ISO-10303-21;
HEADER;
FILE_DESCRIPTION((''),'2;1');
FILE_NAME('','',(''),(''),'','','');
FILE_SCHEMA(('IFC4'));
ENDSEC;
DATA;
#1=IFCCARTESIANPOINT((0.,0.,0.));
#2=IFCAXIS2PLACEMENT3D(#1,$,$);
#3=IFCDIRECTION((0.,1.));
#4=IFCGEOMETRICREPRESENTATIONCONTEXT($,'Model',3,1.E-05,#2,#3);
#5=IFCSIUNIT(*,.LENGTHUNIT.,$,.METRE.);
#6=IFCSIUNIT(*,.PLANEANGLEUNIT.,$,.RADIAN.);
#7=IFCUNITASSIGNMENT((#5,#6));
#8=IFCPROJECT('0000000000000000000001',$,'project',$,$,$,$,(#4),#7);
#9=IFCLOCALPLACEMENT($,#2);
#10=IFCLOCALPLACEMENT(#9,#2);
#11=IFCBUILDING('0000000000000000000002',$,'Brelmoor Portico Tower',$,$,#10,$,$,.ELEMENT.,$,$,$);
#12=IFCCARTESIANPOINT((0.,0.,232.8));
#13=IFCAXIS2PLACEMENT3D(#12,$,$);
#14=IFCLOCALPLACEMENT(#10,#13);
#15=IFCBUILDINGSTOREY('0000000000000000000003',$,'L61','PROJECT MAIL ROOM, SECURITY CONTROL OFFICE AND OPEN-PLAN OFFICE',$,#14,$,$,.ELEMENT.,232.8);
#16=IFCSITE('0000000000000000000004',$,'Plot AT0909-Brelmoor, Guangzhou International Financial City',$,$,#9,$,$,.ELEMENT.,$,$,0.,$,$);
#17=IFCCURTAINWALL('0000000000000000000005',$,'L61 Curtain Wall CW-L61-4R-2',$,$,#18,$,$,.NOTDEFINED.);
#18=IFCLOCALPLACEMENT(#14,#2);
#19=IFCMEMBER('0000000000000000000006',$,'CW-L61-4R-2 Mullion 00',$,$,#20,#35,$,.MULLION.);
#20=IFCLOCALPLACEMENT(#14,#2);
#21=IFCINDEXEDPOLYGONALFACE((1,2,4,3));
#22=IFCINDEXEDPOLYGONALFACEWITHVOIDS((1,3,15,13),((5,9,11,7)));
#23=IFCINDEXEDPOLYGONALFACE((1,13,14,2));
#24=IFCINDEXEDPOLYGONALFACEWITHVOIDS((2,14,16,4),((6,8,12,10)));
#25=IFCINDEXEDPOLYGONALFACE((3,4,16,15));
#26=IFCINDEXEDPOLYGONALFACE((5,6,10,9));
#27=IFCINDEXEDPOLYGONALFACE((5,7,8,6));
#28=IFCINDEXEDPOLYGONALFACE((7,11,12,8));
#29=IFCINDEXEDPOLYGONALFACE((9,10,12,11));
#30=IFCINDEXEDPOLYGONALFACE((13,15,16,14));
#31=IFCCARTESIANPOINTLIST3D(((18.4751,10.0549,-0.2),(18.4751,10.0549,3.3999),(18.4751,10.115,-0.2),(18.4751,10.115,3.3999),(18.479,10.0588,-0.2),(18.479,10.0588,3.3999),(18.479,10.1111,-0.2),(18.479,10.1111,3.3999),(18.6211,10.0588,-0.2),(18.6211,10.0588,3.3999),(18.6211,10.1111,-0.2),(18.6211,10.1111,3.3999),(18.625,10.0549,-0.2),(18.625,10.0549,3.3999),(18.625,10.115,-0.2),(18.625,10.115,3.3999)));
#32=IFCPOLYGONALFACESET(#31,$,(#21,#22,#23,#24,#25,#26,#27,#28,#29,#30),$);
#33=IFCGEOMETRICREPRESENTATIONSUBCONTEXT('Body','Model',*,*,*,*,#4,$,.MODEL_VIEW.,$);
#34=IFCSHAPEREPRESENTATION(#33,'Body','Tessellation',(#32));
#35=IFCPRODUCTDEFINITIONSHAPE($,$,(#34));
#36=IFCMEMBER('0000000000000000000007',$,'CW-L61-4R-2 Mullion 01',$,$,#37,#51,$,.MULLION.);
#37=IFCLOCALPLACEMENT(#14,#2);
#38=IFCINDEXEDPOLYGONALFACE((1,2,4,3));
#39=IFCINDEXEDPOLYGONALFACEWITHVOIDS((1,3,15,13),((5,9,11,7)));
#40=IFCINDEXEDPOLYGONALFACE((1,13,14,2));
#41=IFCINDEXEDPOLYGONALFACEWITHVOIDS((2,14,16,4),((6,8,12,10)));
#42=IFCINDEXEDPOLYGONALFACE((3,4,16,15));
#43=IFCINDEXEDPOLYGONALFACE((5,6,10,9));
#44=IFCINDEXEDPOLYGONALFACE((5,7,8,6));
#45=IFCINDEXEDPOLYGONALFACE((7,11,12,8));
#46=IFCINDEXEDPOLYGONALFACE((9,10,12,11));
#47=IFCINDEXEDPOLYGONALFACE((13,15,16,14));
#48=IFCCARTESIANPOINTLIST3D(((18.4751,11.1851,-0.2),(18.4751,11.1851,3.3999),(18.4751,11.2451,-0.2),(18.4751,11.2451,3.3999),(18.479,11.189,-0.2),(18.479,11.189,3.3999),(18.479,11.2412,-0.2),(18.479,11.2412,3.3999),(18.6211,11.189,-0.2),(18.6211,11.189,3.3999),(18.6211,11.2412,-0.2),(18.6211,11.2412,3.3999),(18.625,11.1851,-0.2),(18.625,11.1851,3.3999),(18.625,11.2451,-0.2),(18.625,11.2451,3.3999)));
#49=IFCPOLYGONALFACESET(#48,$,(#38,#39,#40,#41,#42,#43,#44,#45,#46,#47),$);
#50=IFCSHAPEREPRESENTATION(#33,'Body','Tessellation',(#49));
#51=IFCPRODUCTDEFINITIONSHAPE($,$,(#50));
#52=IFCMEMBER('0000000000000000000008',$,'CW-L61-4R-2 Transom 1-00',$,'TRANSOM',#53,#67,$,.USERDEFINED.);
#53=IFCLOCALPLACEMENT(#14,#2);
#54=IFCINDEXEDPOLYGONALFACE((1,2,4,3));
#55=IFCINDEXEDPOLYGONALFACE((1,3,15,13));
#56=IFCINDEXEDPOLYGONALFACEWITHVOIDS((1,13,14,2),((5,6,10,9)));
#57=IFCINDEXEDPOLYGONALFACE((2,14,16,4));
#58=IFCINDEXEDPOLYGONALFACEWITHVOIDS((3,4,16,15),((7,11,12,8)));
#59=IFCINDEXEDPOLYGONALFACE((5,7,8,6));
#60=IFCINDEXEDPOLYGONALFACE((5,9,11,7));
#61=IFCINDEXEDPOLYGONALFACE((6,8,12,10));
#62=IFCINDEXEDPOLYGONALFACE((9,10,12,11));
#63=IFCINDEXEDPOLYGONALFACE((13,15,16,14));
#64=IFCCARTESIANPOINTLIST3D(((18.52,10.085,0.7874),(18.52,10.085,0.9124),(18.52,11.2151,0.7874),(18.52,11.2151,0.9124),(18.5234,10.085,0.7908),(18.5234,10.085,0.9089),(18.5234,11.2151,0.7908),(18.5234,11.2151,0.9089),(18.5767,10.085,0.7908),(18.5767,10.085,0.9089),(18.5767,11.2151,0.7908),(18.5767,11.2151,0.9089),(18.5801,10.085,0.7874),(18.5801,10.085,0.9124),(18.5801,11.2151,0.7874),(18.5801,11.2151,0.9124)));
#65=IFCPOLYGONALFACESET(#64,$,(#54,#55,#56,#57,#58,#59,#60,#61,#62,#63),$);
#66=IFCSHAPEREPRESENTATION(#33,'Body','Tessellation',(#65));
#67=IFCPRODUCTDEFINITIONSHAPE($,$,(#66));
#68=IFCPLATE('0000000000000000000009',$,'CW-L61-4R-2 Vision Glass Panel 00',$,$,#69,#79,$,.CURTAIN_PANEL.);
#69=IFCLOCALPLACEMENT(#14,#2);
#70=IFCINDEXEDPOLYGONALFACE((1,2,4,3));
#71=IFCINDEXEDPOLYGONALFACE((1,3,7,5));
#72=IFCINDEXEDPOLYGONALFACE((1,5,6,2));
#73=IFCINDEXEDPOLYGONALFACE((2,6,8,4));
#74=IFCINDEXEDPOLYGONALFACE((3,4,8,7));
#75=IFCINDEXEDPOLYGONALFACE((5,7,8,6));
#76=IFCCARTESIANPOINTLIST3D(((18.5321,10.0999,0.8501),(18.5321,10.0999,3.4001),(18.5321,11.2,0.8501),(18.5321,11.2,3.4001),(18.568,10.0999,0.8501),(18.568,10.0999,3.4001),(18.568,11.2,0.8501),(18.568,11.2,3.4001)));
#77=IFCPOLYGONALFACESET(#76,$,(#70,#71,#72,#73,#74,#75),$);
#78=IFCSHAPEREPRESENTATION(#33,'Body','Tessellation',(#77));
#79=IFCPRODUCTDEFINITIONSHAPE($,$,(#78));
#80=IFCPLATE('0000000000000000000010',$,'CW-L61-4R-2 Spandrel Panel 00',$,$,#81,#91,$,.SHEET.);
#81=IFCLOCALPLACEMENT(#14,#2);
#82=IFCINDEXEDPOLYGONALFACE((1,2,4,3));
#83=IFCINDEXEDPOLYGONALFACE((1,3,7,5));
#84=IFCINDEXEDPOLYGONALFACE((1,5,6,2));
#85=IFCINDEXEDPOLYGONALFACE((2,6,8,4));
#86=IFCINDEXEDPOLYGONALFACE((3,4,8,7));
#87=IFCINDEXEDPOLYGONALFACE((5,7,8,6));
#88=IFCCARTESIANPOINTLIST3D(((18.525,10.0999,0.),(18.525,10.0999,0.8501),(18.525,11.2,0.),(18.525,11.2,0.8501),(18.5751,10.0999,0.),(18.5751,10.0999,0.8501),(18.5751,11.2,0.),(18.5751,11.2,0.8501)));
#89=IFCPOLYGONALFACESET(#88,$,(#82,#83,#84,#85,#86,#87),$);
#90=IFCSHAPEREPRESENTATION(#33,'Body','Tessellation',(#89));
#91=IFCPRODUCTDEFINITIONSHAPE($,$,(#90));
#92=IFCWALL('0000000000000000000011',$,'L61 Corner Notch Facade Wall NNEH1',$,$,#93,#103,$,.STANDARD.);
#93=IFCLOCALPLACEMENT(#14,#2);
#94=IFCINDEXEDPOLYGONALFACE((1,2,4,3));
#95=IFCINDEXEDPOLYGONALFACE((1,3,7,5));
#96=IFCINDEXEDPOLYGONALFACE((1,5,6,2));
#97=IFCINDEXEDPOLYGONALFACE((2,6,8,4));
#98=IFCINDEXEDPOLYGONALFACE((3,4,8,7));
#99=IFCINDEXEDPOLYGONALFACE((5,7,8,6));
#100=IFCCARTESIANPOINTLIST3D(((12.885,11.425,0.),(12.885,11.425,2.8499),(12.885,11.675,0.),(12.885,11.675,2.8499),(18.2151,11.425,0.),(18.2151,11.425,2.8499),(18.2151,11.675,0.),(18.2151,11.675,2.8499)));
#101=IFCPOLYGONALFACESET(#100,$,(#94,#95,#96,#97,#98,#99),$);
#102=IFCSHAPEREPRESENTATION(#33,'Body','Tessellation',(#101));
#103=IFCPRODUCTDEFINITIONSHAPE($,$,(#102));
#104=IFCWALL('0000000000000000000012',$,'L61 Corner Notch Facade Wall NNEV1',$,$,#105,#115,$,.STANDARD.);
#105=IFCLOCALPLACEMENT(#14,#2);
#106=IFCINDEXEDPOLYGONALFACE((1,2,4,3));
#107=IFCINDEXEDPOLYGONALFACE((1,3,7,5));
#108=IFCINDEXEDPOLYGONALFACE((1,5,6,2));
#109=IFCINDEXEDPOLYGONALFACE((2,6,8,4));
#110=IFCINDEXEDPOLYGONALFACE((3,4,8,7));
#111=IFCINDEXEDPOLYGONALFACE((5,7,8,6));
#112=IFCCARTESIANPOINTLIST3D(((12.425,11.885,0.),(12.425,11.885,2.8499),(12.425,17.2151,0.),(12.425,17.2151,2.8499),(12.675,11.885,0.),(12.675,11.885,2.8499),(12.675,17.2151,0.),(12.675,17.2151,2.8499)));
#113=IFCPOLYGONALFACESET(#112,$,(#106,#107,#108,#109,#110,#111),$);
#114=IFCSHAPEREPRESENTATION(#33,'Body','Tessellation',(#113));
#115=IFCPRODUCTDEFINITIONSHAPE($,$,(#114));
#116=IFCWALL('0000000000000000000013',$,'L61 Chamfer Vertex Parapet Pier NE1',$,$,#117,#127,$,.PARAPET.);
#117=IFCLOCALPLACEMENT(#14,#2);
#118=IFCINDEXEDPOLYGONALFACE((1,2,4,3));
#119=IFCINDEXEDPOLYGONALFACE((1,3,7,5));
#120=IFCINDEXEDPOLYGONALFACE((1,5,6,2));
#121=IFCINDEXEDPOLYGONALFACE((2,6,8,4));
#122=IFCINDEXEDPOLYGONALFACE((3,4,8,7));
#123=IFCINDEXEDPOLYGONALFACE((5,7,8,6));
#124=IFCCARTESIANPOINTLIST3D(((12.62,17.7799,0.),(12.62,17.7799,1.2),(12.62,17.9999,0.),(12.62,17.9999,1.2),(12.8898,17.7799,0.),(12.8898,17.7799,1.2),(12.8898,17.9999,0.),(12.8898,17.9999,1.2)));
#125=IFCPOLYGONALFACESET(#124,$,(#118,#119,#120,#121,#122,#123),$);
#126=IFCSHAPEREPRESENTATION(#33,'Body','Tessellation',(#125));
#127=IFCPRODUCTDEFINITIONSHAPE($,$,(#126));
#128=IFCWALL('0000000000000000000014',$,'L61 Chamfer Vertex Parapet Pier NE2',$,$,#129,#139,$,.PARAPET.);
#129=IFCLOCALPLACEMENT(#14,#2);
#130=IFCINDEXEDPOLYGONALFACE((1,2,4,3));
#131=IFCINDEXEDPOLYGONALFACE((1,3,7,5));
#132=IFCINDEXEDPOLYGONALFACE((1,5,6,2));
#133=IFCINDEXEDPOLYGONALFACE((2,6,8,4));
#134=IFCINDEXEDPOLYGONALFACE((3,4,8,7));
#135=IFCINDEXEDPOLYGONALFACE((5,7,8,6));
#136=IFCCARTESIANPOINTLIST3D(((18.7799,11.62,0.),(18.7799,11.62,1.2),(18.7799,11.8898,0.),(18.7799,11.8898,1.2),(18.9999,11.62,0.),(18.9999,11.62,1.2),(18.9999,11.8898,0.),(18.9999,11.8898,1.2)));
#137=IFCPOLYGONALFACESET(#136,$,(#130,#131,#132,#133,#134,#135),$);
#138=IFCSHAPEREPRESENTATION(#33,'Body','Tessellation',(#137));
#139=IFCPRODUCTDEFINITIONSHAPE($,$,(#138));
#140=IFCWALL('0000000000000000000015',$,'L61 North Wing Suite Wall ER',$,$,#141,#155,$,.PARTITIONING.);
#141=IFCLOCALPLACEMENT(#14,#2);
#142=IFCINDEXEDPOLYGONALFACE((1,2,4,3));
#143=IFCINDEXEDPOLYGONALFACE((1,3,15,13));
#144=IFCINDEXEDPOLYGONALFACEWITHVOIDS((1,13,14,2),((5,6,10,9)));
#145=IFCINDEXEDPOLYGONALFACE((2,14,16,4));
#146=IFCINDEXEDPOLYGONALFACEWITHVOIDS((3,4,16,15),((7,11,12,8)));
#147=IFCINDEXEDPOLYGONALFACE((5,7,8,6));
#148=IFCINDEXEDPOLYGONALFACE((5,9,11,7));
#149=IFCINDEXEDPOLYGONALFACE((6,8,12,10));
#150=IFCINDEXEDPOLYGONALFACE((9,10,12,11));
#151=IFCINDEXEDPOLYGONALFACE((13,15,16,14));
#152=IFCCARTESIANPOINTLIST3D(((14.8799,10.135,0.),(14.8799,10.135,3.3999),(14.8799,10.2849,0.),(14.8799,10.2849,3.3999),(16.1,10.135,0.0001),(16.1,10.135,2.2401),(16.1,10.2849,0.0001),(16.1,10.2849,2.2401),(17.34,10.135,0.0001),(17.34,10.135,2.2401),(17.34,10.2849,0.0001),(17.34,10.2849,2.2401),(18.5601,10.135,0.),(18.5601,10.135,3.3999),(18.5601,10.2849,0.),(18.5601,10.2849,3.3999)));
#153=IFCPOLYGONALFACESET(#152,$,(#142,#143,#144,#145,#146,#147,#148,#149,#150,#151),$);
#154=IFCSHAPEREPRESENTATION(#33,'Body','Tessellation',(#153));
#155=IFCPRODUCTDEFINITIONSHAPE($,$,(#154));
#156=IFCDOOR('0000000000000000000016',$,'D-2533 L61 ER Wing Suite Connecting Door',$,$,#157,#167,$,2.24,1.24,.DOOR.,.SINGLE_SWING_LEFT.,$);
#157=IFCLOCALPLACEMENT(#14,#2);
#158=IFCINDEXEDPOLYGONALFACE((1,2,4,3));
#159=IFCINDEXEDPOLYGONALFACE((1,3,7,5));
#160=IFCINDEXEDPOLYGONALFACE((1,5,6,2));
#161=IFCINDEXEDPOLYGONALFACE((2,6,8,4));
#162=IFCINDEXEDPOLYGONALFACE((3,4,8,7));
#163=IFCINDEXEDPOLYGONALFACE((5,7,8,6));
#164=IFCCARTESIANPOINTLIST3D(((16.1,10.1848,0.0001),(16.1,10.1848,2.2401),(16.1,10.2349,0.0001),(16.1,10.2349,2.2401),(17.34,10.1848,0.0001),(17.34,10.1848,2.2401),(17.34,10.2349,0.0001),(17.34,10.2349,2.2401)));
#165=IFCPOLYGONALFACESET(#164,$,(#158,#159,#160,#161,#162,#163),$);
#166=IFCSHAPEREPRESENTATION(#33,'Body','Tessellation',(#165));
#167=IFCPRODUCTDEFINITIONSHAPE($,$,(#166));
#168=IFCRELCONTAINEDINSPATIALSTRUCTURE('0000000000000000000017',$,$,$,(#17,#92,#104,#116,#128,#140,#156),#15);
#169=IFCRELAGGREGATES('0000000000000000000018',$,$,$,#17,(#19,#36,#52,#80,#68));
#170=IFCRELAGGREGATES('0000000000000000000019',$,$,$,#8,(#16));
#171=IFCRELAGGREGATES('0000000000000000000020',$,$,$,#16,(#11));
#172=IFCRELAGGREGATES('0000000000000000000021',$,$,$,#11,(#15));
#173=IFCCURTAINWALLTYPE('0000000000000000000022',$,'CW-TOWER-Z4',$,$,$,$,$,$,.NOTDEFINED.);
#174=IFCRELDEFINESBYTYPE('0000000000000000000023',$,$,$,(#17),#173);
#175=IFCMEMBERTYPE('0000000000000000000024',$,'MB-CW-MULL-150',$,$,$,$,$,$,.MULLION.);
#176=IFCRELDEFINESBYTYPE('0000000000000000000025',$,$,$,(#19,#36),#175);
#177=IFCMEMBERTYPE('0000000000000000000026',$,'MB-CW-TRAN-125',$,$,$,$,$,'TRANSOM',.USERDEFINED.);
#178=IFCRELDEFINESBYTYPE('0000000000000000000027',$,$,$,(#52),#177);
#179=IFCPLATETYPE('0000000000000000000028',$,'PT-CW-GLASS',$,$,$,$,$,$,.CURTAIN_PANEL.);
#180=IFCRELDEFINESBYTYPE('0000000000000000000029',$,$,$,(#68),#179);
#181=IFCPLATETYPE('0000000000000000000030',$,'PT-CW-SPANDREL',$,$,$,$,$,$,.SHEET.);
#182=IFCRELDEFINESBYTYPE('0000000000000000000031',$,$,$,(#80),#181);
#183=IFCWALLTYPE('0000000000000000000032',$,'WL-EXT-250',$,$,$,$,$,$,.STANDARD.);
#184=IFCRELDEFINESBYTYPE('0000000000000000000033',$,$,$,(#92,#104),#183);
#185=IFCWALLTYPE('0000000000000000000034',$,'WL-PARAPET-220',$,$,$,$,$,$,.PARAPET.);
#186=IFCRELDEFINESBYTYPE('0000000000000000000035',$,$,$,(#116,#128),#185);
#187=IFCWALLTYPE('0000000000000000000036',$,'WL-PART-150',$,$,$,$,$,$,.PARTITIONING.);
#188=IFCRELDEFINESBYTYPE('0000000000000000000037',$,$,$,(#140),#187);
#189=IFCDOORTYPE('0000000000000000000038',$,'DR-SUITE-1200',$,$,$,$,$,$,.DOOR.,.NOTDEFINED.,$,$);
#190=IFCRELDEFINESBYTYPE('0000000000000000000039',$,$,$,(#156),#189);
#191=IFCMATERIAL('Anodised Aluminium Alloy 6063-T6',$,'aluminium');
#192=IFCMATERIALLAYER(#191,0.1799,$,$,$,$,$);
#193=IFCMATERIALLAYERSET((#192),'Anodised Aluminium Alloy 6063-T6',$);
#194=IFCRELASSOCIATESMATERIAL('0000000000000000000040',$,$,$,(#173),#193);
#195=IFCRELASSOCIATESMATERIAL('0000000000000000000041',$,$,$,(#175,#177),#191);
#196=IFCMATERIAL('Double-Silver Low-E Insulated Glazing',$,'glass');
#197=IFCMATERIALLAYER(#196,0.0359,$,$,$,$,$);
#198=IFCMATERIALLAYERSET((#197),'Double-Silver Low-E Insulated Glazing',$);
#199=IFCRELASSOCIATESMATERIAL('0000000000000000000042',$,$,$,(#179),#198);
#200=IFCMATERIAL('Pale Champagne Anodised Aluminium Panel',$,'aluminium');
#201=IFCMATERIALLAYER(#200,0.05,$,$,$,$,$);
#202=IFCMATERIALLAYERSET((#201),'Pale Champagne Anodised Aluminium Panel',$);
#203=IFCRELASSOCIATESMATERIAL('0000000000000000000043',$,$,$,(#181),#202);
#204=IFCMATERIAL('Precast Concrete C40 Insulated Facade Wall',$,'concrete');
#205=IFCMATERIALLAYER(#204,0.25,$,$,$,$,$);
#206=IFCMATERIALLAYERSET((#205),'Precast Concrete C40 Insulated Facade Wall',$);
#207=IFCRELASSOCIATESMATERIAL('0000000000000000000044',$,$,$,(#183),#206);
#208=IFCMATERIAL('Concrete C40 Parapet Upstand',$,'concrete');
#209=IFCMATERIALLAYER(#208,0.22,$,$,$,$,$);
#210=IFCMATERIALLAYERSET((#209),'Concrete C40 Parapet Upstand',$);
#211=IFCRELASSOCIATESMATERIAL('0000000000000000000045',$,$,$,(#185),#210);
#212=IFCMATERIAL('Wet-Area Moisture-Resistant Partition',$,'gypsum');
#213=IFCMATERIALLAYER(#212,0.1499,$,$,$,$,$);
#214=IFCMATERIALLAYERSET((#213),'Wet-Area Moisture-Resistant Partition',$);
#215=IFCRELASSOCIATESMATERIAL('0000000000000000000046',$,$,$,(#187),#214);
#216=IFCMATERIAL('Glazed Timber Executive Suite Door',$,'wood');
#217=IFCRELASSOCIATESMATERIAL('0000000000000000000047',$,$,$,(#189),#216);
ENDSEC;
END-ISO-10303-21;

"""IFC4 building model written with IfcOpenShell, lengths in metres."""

from ifc_helpers import new_model, si_unit, direction, frame, frame_2d, origin, origin_2d, place, context, subcontext, project, spatial, rectangle, hollow_rectangle, extrude, material, layer, layer_set, material_profile, profile_set, type_object, element, fill, aggregate, save


model = new_model("IFC4")

# Units and contexts
model_context = context("Model", 3, precision=1e-05, world=origin(), true_north=direction((0.0, 1.0)))
body_context = subcontext(model_context, "Body", "Model", "MODEL_VIEW")
ifc_project = project(units=[si_unit("LENGTHUNIT", "METRE"), si_unit("PLANEANGLEUNIT", "RADIAN")], contexts=[model_context])

# Site, building, storey
site_placement = place(None, origin())
site = spatial("IfcSite", under=ifc_project, at=site_placement, Name="Plot AT0909-Brelmoor, Guangzhou International Financial City", CompositionType="ELEMENT", RefElevation=0.0)
building_placement = place(site_placement, origin())
building = spatial("IfcBuilding", under=site, at=building_placement, Name="Brelmoor Portico Tower", CompositionType="ELEMENT")
storey_placement = place(building_placement, frame((0.0, 0.0, 232.8)))
storey = spatial("IfcBuildingStorey", under=building, at=storey_placement, Name="L61", Description="PROJECT MAIL ROOM, SECURITY CONTROL OFFICE AND OPEN-PLAN OFFICE", CompositionType="ELEMENT", Elevation=232.8)

# Shared definitions
ifc_material_1 = material(Name="Anodised Aluminium Alloy 6063-T6", Category="aluminium")
ifc_layer_1 = layer(ifc_material_1, 0.1799)
ifc_layer_set_1 = layer_set([ifc_layer_1], Name="Anodised Aluminium Alloy 6063-T6")
curtain_wall_type = type_object("IfcCurtainWallType", Name="CW-TOWER-Z4", PredefinedType="NOTDEFINED", material=ifc_layer_set_1)
ifc_material_profile_1 = material_profile(ifc_material_1, hollow_rectangle(XDim=0.0601, YDim=0.1499, WallThickness=0.0039, at=origin_2d()), Name="ALU MULLION 60x150")
ifc_profile_set_1 = profile_set([ifc_material_profile_1], Name="Anodised Aluminium Alloy 6063-T6")
member_type_1 = type_object("IfcMemberType", Name="MB-CW-MULL-150", PredefinedType="MULLION", material=ifc_profile_set_1)

# Curtain wall, members, plates
curtain_wall_1_placement = place(storey_placement, origin())
curtain_wall_1 = element("IfcCurtainWall", 1, at=curtain_wall_1_placement, inside=storey, type_object=curtain_wall_type, Name="L61 Curtain Wall CW-L61-4R-2", PredefinedType="NOTDEFINED")
member_1_placement = place(storey_placement, frame((18.55, 10.085, -0.2), z_axis=(0.0, 0.0, 1.0), x_axis=(0.0, 1.0, 0.0)))
member_1 = element("IfcMember", 2, at=member_1_placement, type_object=member_type_1, Name="CW-L61-4R-2 Mullion 00", PredefinedType="MULLION", context=body_context, shape_type="SweptSolid", body=[
    extrude(hollow_rectangle(XDim=0.0601, YDim=0.1499, WallThickness=0.0039, at=origin_2d()), origin(), (0.0, 0.0, 1.0), 3.5999),
])
member_2_placement = place(storey_placement, frame((18.55, 11.2151, -0.2), z_axis=(0.0, 0.0, 1.0), x_axis=(0.0, 1.0, 0.0)))
member_2 = element("IfcMember", 3, at=member_2_placement, type_object=member_type_1, Name="CW-L61-4R-2 Mullion 01", PredefinedType="MULLION", context=body_context, shape_type="SweptSolid", body=[
    extrude(hollow_rectangle(XDim=0.0601, YDim=0.1499, WallThickness=0.0039, at=origin_2d()), origin(), (0.0, 0.0, 1.0), 3.5999),
])
ifc_material_profile_2 = material_profile(ifc_material_1, hollow_rectangle(XDim=0.0601, YDim=0.125, WallThickness=0.0034, at=origin_2d()), Name="ALU TRANSOM 60x125")
ifc_profile_set_2 = profile_set([ifc_material_profile_2], Name="Anodised Aluminium Alloy 6063-T6")
member_type_2 = type_object("IfcMemberType", Name="MB-CW-TRAN-125", ElementType="TRANSOM", PredefinedType="USERDEFINED", material=ifc_profile_set_2)
member_3_placement = place(storey_placement, frame((18.55, 10.085, 0.8499), z_axis=(0.0, 1.0, 0.0), x_axis=(-1.0, 0.0, 0.0)))
member_3 = element("IfcMember", 4, at=member_3_placement, type_object=member_type_2, Name="CW-L61-4R-2 Transom 1-00", ObjectType="TRANSOM", PredefinedType="USERDEFINED", context=body_context, shape_type="SweptSolid", body=[
    extrude(hollow_rectangle(XDim=0.0601, YDim=0.125, WallThickness=0.0034, at=origin_2d()), origin(), (0.0, 0.0, 1.0), 1.1301),
])
ifc_material_2 = material(Name="Double-Silver Low-E Insulated Glazing", Category="glass")
ifc_layer_2 = layer(ifc_material_2, 0.0359)
ifc_layer_set_2 = layer_set([ifc_layer_2], Name="Double-Silver Low-E Insulated Glazing")
plate_type_1 = type_object("IfcPlateType", Name="PT-CW-GLASS", PredefinedType="CURTAIN_PANEL", material=ifc_layer_set_2)
plate_1_placement = place(storey_placement, frame((18.55, 10.6499, 0.8501), z_axis=(0.0, 0.0, 1.0), x_axis=(0.0, 1.0, 0.0)))
plate_1 = element("IfcPlate", 5, at=plate_1_placement, type_object=plate_type_1, Name="CW-L61-4R-2 Vision Glass Panel 00", PredefinedType="CURTAIN_PANEL", context=body_context, shape_type="SweptSolid", body=[
    extrude(rectangle(XDim=1.1001, YDim=0.0359, at=origin_2d()), origin(), (0.0, 0.0, 1.0), 2.55),
])
ifc_material_3 = material(Name="Pale Champagne Anodised Aluminium Panel", Category="aluminium")
ifc_layer_3 = layer(ifc_material_3, 0.05)
ifc_layer_set_3 = layer_set([ifc_layer_3], Name="Pale Champagne Anodised Aluminium Panel")
plate_type_2 = type_object("IfcPlateType", Name="PT-CW-SPANDREL", PredefinedType="SHEET", material=ifc_layer_set_3)
plate_2_placement = place(storey_placement, frame((18.55, 10.6499, 0.0), z_axis=(0.0, 0.0, 1.0), x_axis=(0.0, 1.0, 0.0)))
plate_2 = element("IfcPlate", 6, at=plate_2_placement, type_object=plate_type_2, Name="CW-L61-4R-2 Spandrel Panel 00", PredefinedType="SHEET", context=body_context, shape_type="SweptSolid", body=[
    extrude(rectangle(XDim=1.1001, YDim=0.05, at=origin_2d()), origin(), (0.0, 0.0, 1.0), 0.8501),
])
aggregate(curtain_wall_1, [member_1, member_2, member_3, plate_2, plate_1])

# Walls
ifc_material_4 = material(Name="Precast Concrete C40 Insulated Facade Wall", Category="concrete")
ifc_layer_4 = layer(ifc_material_4, 0.25)
ifc_layer_set_4 = layer_set([ifc_layer_4], Name="Precast Concrete C40 Insulated Facade Wall")
wall_type_1 = type_object("IfcWallType", Name="WL-EXT-250", PredefinedType="STANDARD", material=ifc_layer_set_4)
for number, where, z_axis, x_axis, name in (
    (7, (12.885, 11.55, 0.0), (0.0, 0.0, 1.0), (1.0, 0.0, 0.0), "L61 Corner Notch Facade Wall NNEH1"),
    (8, (12.55, 11.885, 0.0), (0.0, 0.0, 1.0), (0.0, 1.0, 0.0), "L61 Corner Notch Facade Wall NNEV1"),
):
    element("IfcWall", number, at=place(storey_placement, frame(where, z_axis=z_axis, x_axis=x_axis)), inside=storey, type_object=wall_type_1, Name=name, PredefinedType="STANDARD", context=body_context, shape_type="SweptSolid", body=[
        extrude(rectangle(XDim=5.3301, YDim=0.25, at=frame_2d((2.665, 0.0))), origin(), (0.0, 0.0, 1.0), 2.8499),
    ])
ifc_material_5 = material(Name="Concrete C40 Parapet Upstand", Category="concrete")
ifc_layer_5 = layer(ifc_material_5, 0.22)
ifc_layer_set_5 = layer_set([ifc_layer_5], Name="Concrete C40 Parapet Upstand")
wall_type_2 = type_object("IfcWallType", Name="WL-PARAPET-220", PredefinedType="PARAPET", material=ifc_layer_set_5)
for number, where, z_axis, x_axis, name in (
    (9, (12.6201, 17.8899, 0.0), (0.0, 0.0, 1.0), (1.0, 0.0, 0.0), "L61 Chamfer Vertex Parapet Pier NE1"),
    (10, (18.8899, 11.6201, 0.0), (0.0, 0.0, 1.0), (0.0, 1.0, 0.0), "L61 Chamfer Vertex Parapet Pier NE2"),
):
    element("IfcWall", number, at=place(storey_placement, frame(where, z_axis=z_axis, x_axis=x_axis)), inside=storey, type_object=wall_type_2, Name=name, PredefinedType="PARAPET", context=body_context, shape_type="SweptSolid", body=[
        extrude(rectangle(XDim=0.2698, YDim=0.22, at=frame_2d((0.1348, 0.0))), origin(), (0.0, 0.0, 1.0), 1.2),
    ])

# Wall, opening, door
ifc_material_6 = material(Name="Wet-Area Moisture-Resistant Partition", Category="gypsum")
ifc_layer_6 = layer(ifc_material_6, 0.1499)
ifc_layer_set_6 = layer_set([ifc_layer_6], Name="Wet-Area Moisture-Resistant Partition")
wall_type_3 = type_object("IfcWallType", Name="WL-PART-150", PredefinedType="PARTITIONING", material=ifc_layer_set_6)
wall_placement = place(storey_placement, frame((14.8799, 10.21, 0.0), z_axis=(0.0, 0.0, 1.0), x_axis=(1.0, 0.0, 0.0)))
wall = element("IfcWall", 11, at=wall_placement, inside=storey, type_object=wall_type_3, Name="L61 North Wing Suite Wall ER", PredefinedType="PARTITIONING", context=body_context, shape_type="SweptSolid", body=[
    extrude(rectangle(XDim=3.6802, YDim=0.1499, at=frame_2d((1.8401, 0.0))), origin(), (0.0, 0.0, 1.0), 3.3999),
])
opening_placement = place(wall_placement, frame((1.22, 0.0, 0.0)))
opening = element("IfcOpeningElement", 12, at=opening_placement, cuts=wall, PredefinedType="OPENING", context=body_context, shape_type="SweptSolid", body=[
    extrude(rectangle(XDim=1.24, YDim=2.24, at=frame_2d((0.6201, 1.1201))), frame((0.0, 0.085, 0.0), z_axis=(0.0, -1.0, 0.0), x_axis=(1.0, 0.0, 0.0)), (0.0, 0.0, 1.0), 0.1699),
])
ifc_material_7 = material(Name="Glazed Timber Executive Suite Door", Category="wood")
door_type = type_object("IfcDoorType", Name="DR-SUITE-1200", OperationType="NOTDEFINED", PredefinedType="DOOR", material=ifc_material_7)
door_placement = place(opening_placement, origin())
door = element("IfcDoor", 13, at=door_placement, inside=storey, type_object=door_type, Name="D-2533 L61 ER Wing Suite Connecting Door", OperationType="SINGLE_SWING_LEFT", OverallHeight=2.24, OverallWidth=1.24, PredefinedType="DOOR", context=body_context, shape_type="SweptSolid", body=[
    extrude(rectangle(XDim=1.24, YDim=2.24, at=frame_2d((0.6201, 1.1201))), frame((0.0, 0.0249, 0.0), z_axis=(0.0, -1.0, 0.0), x_axis=(1.0, 0.0, 0.0)), (0.0, 0.0, 1.0), 0.05),
])
fill(opening, door)

save(model, "model.ifc")
